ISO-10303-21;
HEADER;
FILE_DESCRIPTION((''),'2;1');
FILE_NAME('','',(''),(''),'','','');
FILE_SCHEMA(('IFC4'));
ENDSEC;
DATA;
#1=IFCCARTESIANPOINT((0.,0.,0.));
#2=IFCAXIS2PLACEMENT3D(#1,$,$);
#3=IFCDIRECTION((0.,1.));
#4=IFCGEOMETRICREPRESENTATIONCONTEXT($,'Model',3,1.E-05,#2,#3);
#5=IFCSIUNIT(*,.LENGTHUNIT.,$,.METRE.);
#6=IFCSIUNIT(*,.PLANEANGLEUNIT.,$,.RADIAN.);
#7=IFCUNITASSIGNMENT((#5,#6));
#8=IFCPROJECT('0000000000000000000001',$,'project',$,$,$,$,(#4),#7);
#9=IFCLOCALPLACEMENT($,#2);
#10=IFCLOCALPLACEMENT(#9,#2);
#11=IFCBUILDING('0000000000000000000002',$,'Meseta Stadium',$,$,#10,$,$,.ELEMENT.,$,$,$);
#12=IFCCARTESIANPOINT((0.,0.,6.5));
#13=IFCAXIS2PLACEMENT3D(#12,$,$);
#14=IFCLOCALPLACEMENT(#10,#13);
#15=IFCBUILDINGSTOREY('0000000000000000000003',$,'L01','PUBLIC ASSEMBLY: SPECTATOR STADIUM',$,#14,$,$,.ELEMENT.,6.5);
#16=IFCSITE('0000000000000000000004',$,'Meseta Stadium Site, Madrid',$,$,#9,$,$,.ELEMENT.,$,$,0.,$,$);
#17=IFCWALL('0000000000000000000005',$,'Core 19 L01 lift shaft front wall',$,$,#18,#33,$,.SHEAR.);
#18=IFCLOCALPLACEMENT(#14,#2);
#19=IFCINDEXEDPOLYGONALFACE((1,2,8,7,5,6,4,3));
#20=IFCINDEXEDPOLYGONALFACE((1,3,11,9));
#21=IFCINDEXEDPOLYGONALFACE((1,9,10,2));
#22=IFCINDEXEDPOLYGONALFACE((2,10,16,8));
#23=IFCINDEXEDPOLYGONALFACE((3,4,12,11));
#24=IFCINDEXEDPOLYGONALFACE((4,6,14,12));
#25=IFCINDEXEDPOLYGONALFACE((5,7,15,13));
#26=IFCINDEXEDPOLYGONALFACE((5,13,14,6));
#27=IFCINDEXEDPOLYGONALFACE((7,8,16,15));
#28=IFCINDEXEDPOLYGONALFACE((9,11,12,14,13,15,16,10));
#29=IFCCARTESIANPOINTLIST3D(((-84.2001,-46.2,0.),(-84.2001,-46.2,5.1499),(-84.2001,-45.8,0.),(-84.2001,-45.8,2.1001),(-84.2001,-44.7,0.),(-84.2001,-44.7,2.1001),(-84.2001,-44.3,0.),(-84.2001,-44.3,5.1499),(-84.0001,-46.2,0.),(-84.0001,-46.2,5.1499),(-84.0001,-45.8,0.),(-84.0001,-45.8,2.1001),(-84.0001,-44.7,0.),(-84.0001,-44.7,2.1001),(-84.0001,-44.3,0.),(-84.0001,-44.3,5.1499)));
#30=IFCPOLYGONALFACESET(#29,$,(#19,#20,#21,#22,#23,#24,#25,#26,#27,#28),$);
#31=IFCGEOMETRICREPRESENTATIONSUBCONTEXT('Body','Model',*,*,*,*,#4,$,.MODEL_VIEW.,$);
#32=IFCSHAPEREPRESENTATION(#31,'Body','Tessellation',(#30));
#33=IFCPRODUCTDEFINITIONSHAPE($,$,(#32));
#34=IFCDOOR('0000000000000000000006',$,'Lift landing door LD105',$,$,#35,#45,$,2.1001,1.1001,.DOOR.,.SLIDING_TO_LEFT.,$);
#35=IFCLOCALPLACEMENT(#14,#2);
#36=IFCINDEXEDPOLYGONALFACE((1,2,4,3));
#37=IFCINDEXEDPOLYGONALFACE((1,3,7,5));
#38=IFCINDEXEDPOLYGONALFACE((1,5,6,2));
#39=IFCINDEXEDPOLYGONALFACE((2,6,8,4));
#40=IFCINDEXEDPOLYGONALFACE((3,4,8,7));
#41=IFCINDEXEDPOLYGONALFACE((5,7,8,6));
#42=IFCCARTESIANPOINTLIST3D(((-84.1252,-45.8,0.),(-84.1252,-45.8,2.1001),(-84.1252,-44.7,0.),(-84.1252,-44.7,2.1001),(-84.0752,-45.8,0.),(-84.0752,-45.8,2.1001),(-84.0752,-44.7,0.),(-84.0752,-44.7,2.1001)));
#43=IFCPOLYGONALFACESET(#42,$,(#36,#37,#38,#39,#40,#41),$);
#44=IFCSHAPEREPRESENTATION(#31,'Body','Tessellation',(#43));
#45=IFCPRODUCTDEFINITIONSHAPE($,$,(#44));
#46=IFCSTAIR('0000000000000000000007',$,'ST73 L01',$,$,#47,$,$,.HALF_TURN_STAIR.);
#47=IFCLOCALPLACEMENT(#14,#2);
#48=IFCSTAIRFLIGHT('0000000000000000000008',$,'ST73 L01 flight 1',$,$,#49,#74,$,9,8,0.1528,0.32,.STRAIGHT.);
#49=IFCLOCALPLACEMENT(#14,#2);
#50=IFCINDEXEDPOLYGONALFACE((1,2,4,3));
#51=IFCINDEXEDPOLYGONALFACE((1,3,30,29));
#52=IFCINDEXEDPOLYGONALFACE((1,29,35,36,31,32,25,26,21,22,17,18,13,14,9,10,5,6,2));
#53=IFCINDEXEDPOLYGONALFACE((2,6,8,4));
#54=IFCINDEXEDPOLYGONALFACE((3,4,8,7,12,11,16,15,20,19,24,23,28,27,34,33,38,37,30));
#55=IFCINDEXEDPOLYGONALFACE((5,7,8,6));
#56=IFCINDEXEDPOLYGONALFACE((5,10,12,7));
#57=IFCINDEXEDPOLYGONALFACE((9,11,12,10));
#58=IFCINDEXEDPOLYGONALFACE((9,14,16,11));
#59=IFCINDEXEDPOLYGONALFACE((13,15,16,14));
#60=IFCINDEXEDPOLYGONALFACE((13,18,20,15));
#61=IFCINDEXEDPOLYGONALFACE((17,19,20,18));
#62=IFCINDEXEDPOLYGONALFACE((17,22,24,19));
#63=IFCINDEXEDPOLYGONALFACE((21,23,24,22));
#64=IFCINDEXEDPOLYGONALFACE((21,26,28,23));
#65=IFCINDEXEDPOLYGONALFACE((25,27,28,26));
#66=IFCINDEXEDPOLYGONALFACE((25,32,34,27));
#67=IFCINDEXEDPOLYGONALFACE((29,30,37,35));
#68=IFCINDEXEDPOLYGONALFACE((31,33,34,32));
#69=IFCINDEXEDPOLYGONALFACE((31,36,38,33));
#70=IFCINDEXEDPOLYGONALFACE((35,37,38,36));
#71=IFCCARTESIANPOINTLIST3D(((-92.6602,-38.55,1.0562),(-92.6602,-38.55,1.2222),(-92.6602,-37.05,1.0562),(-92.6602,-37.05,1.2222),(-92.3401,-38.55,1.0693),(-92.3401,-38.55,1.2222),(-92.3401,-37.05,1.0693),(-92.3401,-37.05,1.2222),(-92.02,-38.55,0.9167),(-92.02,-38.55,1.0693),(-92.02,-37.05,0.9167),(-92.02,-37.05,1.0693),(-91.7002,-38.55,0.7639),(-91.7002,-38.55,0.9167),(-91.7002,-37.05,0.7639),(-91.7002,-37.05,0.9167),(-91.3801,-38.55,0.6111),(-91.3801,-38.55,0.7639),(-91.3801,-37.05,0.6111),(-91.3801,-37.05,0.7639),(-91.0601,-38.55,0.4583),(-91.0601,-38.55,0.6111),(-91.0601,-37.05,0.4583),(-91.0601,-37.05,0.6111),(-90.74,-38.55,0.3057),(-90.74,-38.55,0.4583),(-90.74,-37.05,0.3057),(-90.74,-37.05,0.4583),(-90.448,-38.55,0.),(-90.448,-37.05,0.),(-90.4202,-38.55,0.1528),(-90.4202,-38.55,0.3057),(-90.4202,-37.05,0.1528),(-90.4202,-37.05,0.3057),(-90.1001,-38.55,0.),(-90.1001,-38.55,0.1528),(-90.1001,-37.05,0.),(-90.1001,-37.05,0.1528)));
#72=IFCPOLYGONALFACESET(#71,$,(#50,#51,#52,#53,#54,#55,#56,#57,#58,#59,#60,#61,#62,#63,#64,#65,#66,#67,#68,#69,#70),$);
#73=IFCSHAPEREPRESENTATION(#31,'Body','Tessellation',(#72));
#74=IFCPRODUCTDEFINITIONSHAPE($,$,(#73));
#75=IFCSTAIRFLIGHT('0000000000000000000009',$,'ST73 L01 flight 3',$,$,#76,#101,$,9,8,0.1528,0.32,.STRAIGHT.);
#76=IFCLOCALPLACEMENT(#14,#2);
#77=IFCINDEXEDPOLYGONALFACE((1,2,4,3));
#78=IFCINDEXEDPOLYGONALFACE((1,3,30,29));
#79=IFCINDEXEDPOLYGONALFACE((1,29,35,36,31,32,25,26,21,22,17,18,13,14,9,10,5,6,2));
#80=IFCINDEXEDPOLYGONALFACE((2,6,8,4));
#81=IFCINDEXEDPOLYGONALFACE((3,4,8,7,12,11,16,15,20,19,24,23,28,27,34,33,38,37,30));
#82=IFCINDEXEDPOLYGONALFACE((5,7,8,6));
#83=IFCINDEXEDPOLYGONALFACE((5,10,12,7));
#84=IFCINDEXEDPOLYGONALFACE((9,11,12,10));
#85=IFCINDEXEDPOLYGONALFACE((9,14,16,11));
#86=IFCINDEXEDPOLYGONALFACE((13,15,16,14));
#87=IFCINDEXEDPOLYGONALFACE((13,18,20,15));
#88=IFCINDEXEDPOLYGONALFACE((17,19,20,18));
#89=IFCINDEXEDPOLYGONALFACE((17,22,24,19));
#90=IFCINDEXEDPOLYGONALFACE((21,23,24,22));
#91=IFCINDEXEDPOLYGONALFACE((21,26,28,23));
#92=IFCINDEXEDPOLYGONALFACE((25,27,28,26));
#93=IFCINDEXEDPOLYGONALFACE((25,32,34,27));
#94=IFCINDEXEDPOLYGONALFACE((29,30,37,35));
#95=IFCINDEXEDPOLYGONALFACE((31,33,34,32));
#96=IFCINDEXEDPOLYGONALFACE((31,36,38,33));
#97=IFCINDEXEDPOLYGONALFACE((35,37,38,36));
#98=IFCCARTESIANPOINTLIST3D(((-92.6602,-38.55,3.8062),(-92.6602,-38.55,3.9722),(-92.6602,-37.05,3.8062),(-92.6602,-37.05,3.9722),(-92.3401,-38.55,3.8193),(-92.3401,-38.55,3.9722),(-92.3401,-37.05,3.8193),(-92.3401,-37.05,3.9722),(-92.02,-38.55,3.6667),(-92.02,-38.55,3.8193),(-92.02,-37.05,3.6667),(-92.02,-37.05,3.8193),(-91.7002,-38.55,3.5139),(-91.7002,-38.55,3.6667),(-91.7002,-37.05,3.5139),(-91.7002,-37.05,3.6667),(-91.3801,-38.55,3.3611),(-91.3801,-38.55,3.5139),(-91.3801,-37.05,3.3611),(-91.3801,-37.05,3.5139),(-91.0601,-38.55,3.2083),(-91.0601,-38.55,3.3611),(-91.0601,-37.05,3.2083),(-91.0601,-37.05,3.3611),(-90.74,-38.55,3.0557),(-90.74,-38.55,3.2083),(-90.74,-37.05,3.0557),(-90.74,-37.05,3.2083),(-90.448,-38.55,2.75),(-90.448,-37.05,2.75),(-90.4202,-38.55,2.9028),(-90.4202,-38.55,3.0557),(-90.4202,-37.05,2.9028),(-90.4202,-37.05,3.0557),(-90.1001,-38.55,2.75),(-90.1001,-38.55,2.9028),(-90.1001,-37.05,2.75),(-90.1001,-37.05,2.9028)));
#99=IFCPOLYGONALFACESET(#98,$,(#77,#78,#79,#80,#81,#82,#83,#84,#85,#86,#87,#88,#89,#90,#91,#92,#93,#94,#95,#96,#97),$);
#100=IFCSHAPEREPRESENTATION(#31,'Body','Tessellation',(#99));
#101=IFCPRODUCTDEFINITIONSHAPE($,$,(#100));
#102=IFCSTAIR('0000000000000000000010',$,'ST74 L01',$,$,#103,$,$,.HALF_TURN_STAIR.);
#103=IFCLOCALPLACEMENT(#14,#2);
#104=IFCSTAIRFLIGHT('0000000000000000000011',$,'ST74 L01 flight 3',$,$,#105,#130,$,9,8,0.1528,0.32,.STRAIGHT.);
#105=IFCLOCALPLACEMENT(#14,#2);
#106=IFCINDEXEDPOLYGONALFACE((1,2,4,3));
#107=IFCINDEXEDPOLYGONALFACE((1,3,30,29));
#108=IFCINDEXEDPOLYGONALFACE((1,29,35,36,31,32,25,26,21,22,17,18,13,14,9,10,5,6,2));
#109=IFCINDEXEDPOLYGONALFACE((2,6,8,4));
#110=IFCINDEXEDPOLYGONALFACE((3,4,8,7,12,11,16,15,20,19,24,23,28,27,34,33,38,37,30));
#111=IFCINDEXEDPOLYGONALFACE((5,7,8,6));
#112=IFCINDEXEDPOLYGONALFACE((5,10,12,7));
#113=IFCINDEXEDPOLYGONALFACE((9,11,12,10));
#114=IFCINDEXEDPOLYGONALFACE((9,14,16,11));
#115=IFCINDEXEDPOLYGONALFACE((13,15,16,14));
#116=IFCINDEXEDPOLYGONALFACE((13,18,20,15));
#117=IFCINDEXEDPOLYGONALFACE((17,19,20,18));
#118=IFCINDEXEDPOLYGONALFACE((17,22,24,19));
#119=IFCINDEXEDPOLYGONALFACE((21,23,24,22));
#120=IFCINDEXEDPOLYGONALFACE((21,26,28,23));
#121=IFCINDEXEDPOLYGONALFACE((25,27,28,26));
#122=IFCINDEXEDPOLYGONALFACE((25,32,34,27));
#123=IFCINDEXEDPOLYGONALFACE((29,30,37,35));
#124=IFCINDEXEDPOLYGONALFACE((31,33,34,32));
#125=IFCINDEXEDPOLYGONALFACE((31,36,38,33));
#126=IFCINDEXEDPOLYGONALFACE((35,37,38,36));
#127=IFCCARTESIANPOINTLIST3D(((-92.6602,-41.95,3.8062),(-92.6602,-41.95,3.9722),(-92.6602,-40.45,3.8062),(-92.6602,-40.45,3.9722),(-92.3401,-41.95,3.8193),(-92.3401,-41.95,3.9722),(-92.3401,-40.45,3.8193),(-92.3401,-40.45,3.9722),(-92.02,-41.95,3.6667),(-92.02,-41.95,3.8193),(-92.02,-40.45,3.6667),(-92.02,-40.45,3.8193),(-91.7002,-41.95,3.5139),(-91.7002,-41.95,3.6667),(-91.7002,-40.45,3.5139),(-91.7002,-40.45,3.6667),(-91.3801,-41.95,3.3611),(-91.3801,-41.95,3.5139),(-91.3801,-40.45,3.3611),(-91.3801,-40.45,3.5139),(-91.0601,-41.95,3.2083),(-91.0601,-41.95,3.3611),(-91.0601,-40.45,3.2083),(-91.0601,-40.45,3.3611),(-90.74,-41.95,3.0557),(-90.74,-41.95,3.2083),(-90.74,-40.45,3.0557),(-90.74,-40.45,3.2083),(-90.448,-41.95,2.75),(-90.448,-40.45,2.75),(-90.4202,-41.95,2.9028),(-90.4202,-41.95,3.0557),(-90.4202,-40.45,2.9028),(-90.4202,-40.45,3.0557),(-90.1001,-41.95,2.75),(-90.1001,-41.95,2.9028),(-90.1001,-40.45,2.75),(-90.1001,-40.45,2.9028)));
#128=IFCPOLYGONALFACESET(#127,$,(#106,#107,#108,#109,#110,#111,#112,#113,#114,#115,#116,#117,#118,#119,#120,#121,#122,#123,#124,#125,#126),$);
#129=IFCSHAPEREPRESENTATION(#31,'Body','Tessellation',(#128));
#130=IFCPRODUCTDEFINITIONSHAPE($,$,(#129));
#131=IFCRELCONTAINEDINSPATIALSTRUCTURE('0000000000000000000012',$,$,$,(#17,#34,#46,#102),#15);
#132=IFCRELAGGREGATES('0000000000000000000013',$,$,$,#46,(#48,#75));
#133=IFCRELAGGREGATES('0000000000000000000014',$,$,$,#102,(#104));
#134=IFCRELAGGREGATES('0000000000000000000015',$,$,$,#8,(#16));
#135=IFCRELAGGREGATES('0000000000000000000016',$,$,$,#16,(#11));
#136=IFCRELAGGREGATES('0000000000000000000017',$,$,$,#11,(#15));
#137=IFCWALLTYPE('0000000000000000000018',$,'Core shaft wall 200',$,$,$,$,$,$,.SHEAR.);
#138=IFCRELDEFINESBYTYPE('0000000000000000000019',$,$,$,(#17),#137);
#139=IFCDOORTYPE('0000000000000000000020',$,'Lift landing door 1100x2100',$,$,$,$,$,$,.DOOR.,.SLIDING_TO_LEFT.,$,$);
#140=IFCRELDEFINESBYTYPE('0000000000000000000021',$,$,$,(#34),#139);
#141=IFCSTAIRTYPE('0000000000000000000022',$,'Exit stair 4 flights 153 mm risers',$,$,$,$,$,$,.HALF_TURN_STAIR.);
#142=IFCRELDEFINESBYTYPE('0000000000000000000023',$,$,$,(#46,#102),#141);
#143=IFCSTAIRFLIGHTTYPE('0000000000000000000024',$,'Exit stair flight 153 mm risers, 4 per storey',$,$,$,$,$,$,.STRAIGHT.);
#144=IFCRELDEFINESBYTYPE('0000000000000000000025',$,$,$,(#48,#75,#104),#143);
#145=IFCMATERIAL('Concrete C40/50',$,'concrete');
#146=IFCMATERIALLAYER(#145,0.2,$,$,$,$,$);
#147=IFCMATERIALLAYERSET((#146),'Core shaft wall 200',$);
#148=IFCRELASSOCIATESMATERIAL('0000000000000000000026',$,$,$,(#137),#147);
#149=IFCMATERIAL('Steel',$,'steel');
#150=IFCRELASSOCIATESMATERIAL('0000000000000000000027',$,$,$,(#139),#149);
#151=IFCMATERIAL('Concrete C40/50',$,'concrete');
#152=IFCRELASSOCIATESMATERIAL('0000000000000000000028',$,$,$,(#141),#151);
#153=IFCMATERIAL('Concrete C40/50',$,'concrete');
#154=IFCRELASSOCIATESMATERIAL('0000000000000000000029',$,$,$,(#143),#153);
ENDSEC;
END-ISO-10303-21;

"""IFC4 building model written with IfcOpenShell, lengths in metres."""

from ifc_helpers import new_model, si_unit, direction, frame, frame_2d, origin, place, context, subcontext, project, spatial, polyline, rectangle, outline, extrude, material, layer, layer_set, type_object, element, fill, aggregate, save


model = new_model("IFC4")

# Units and contexts
model_context = context("Model", 3, precision=1e-05, world=origin(), true_north=direction((0.0, 1.0)))
body_context = subcontext(model_context, "Body", "Model", "MODEL_VIEW")
ifc_project = project(units=[si_unit("LENGTHUNIT", "METRE"), si_unit("PLANEANGLEUNIT", "RADIAN")], contexts=[model_context])

# Site, building, storey
site_placement = place(None, origin())
site = spatial("IfcSite", under=ifc_project, at=site_placement, Name="Meseta Stadium Site, Madrid", CompositionType="ELEMENT", RefElevation=0.0)
building_placement = place(site_placement, origin())
building = spatial("IfcBuilding", under=site, at=building_placement, Name="Meseta Stadium", CompositionType="ELEMENT")
storey_placement = place(building_placement, frame((0.0, 0.0, 6.5)))
storey = spatial("IfcBuildingStorey", under=building, at=storey_placement, Name="L01", Description="PUBLIC ASSEMBLY: SPECTATOR STADIUM", CompositionType="ELEMENT", Elevation=6.5)

# Shared definitions
ifc_material_1 = material(Name="Concrete C40/50", Category="concrete")
ifc_layer = layer(ifc_material_1, 0.2)
ifc_layer_set = layer_set([ifc_layer], Name="Core shaft wall 200")
wall_type = type_object("IfcWallType", Name="Core shaft wall 200", PredefinedType="SHEAR", material=ifc_layer_set)

# Wall, opening, door
wall_1_placement = place(storey_placement, frame((-84.1001, -44.3, 0.0), z_axis=(0.0, 0.0, 1.0), x_axis=(0.0, -1.0, 0.0)))
wall_1 = element("IfcWall", 1, at=wall_1_placement, inside=storey, type_object=wall_type, Name="Core 19 L01 lift shaft front wall", PredefinedType="SHEAR", context=body_context, shape_type="SweptSolid", body=[
    extrude(rectangle(XDim=1.8999, YDim=0.2, at=frame_2d((0.95, 0.0))), origin(), (0.0, 0.0, 1.0), 5.1499),
])
opening_1_placement = place(wall_1_placement, frame((0.3999, 0.0, 0.0)))
opening_1 = element("IfcOpeningElement", 2, at=opening_1_placement, cuts=wall_1, PredefinedType="OPENING", context=body_context, shape_type="SweptSolid", body=[
    extrude(rectangle(XDim=1.1001, YDim=2.1001, at=frame_2d((0.55, 1.05))), frame((0.0, 0.1099, 0.0), z_axis=(0.0, -1.0, 0.0), x_axis=(1.0, 0.0, 0.0)), (0.0, 0.0, 1.0), 0.22),
])
ifc_material_2 = material(Name="Steel", Category="steel")
door_type_1 = type_object("IfcDoorType", Name="Lift landing door 1100x2100", OperationType="SLIDING_TO_LEFT", PredefinedType="DOOR", material=ifc_material_2)
door_1_placement = place(opening_1_placement, origin())
door_1 = element("IfcDoor", 3, at=door_1_placement, inside=storey, type_object=door_type_1, Name="Lift landing door LD105", OperationType="SLIDING_TO_LEFT", OverallHeight=2.1001, OverallWidth=1.1001, PredefinedType="DOOR", context=body_context, shape_type="SweptSolid", body=[
    extrude(rectangle(XDim=1.1001, YDim=2.1001, at=frame_2d((0.55, 1.05))), frame((0.0, 0.0249, 0.0), z_axis=(0.0, -1.0, 0.0), x_axis=(1.0, 0.0, 0.0)), (0.0, 0.0, 1.0), 0.05),
])
fill(opening_1, door_1)

# Stair, stair flights
ifc_material_3 = material(Name="Concrete C40/50", Category="concrete")
stair_type = type_object("IfcStairType", Name="Exit stair 4 flights 153 mm risers", PredefinedType="HALF_TURN_STAIR", material=ifc_material_3)
stair_1_placement = place(storey_placement, origin())
stair_1 = element("IfcStair", 4, at=stair_1_placement, inside=storey, type_object=stair_type, Name="ST73 L01", PredefinedType="HALF_TURN_STAIR")
ifc_material_4 = material(Name="Concrete C40/50", Category="concrete")
stair_flight_type = type_object("IfcStairFlightType", Name="Exit stair flight 153 mm risers, 4 per storey", PredefinedType="STRAIGHT", material=ifc_material_4)
stair_flight_1_placement = place(storey_placement, frame((-90.1001, -37.8, 0.0), z_axis=(0.0, 0.0, 1.0), x_axis=(-1.0, 0.0, 0.0)))
stair_flight_1 = element("IfcStairFlight", 5, at=stair_flight_1_placement, type_object=stair_flight_type, Name="ST73 L01 flight 1", NumberOfRisers=9, NumberOfTreads=8, PredefinedType="STRAIGHT", RiserHeight=0.1528, TreadLength=0.32, context=body_context, shape_type="SweptSolid", body=[
    extrude(outline(polyline([(0.0, 0.0), (0.0, 0.1528), (0.3201, 0.1528), (0.3201, 0.3057), (0.6399, 0.3057), (0.6399, 0.4583), (0.96, 0.4583), (0.96, 0.6111), (1.28, 0.6111), (1.28, 0.7639), (1.6001, 0.7639), (1.6001, 0.9167), (1.9199, 0.9167), (1.9199, 1.0693), (2.24, 1.0693), (2.24, 1.2222), (2.5601, 1.2222), (2.5601, 1.0562), (0.3479, 0.0), (0.0, 0.0)])), frame((0.0, 0.75, 0.0), z_axis=(0.0, -1.0, 0.0), x_axis=(1.0, 0.0, 0.0)), (0.0, 0.0, 1.0), 1.5),
])
stair_flight_2_placement = place(storey_placement, frame((-90.1001, -37.8, 2.75), z_axis=(0.0, 0.0, 1.0), x_axis=(-1.0, 0.0, 0.0)))
stair_flight_2 = element("IfcStairFlight", 6, at=stair_flight_2_placement, type_object=stair_flight_type, Name="ST73 L01 flight 3", NumberOfRisers=9, NumberOfTreads=8, PredefinedType="STRAIGHT", RiserHeight=0.1528, TreadLength=0.32, context=body_context, shape_type="SweptSolid", body=[
    extrude(outline(polyline([(0.0, 0.0), (0.0, 0.1528), (0.3201, 0.1528), (0.3201, 0.3057), (0.6399, 0.3057), (0.6399, 0.4583), (0.96, 0.4583), (0.96, 0.6111), (1.28, 0.6111), (1.28, 0.7639), (1.6001, 0.7639), (1.6001, 0.9167), (1.9199, 0.9167), (1.9199, 1.0693), (2.24, 1.0693), (2.24, 1.2222), (2.5601, 1.2222), (2.5601, 1.0562), (0.3479, 0.0), (0.0, 0.0)])), frame((0.0, 0.75, 0.0), z_axis=(0.0, -1.0, 0.0), x_axis=(1.0, 0.0, 0.0)), (0.0, 0.0, 1.0), 1.5),
])
aggregate(stair_1, [stair_flight_1, stair_flight_2])

# Stair, stair flight
stair_2_placement = place(storey_placement, origin())
stair_2 = element("IfcStair", 7, at=stair_2_placement, inside=storey, type_object=stair_type, Name="ST74 L01", PredefinedType="HALF_TURN_STAIR")
stair_flight_3_placement = place(storey_placement, frame((-90.1001, -41.2, 2.75), z_axis=(0.0, 0.0, 1.0), x_axis=(-1.0, 0.0, 0.0)))
stair_flight_3 = element("IfcStairFlight", 8, at=stair_flight_3_placement, type_object=stair_flight_type, Name="ST74 L01 flight 3", NumberOfRisers=9, NumberOfTreads=8, PredefinedType="STRAIGHT", RiserHeight=0.1528, TreadLength=0.32, context=body_context, shape_type="SweptSolid", body=[
    extrude(outline(polyline([(0.0, 0.0), (0.0, 0.1528), (0.3201, 0.1528), (0.3201, 0.3057), (0.6399, 0.3057), (0.6399, 0.4583), (0.96, 0.4583), (0.96, 0.6111), (1.28, 0.6111), (1.28, 0.7639), (1.6001, 0.7639), (1.6001, 0.9167), (1.9199, 0.9167), (1.9199, 1.0693), (2.24, 1.0693), (2.24, 1.2222), (2.5601, 1.2222), (2.5601, 1.0562), (0.3479, 0.0), (0.0, 0.0)])), frame((0.0, 0.75, 0.0), z_axis=(0.0, -1.0, 0.0), x_axis=(1.0, 0.0, 0.0)), (0.0, 0.0, 1.0), 1.5),
])
aggregate(stair_2, [stair_flight_3])

save(model, "model.ifc")
